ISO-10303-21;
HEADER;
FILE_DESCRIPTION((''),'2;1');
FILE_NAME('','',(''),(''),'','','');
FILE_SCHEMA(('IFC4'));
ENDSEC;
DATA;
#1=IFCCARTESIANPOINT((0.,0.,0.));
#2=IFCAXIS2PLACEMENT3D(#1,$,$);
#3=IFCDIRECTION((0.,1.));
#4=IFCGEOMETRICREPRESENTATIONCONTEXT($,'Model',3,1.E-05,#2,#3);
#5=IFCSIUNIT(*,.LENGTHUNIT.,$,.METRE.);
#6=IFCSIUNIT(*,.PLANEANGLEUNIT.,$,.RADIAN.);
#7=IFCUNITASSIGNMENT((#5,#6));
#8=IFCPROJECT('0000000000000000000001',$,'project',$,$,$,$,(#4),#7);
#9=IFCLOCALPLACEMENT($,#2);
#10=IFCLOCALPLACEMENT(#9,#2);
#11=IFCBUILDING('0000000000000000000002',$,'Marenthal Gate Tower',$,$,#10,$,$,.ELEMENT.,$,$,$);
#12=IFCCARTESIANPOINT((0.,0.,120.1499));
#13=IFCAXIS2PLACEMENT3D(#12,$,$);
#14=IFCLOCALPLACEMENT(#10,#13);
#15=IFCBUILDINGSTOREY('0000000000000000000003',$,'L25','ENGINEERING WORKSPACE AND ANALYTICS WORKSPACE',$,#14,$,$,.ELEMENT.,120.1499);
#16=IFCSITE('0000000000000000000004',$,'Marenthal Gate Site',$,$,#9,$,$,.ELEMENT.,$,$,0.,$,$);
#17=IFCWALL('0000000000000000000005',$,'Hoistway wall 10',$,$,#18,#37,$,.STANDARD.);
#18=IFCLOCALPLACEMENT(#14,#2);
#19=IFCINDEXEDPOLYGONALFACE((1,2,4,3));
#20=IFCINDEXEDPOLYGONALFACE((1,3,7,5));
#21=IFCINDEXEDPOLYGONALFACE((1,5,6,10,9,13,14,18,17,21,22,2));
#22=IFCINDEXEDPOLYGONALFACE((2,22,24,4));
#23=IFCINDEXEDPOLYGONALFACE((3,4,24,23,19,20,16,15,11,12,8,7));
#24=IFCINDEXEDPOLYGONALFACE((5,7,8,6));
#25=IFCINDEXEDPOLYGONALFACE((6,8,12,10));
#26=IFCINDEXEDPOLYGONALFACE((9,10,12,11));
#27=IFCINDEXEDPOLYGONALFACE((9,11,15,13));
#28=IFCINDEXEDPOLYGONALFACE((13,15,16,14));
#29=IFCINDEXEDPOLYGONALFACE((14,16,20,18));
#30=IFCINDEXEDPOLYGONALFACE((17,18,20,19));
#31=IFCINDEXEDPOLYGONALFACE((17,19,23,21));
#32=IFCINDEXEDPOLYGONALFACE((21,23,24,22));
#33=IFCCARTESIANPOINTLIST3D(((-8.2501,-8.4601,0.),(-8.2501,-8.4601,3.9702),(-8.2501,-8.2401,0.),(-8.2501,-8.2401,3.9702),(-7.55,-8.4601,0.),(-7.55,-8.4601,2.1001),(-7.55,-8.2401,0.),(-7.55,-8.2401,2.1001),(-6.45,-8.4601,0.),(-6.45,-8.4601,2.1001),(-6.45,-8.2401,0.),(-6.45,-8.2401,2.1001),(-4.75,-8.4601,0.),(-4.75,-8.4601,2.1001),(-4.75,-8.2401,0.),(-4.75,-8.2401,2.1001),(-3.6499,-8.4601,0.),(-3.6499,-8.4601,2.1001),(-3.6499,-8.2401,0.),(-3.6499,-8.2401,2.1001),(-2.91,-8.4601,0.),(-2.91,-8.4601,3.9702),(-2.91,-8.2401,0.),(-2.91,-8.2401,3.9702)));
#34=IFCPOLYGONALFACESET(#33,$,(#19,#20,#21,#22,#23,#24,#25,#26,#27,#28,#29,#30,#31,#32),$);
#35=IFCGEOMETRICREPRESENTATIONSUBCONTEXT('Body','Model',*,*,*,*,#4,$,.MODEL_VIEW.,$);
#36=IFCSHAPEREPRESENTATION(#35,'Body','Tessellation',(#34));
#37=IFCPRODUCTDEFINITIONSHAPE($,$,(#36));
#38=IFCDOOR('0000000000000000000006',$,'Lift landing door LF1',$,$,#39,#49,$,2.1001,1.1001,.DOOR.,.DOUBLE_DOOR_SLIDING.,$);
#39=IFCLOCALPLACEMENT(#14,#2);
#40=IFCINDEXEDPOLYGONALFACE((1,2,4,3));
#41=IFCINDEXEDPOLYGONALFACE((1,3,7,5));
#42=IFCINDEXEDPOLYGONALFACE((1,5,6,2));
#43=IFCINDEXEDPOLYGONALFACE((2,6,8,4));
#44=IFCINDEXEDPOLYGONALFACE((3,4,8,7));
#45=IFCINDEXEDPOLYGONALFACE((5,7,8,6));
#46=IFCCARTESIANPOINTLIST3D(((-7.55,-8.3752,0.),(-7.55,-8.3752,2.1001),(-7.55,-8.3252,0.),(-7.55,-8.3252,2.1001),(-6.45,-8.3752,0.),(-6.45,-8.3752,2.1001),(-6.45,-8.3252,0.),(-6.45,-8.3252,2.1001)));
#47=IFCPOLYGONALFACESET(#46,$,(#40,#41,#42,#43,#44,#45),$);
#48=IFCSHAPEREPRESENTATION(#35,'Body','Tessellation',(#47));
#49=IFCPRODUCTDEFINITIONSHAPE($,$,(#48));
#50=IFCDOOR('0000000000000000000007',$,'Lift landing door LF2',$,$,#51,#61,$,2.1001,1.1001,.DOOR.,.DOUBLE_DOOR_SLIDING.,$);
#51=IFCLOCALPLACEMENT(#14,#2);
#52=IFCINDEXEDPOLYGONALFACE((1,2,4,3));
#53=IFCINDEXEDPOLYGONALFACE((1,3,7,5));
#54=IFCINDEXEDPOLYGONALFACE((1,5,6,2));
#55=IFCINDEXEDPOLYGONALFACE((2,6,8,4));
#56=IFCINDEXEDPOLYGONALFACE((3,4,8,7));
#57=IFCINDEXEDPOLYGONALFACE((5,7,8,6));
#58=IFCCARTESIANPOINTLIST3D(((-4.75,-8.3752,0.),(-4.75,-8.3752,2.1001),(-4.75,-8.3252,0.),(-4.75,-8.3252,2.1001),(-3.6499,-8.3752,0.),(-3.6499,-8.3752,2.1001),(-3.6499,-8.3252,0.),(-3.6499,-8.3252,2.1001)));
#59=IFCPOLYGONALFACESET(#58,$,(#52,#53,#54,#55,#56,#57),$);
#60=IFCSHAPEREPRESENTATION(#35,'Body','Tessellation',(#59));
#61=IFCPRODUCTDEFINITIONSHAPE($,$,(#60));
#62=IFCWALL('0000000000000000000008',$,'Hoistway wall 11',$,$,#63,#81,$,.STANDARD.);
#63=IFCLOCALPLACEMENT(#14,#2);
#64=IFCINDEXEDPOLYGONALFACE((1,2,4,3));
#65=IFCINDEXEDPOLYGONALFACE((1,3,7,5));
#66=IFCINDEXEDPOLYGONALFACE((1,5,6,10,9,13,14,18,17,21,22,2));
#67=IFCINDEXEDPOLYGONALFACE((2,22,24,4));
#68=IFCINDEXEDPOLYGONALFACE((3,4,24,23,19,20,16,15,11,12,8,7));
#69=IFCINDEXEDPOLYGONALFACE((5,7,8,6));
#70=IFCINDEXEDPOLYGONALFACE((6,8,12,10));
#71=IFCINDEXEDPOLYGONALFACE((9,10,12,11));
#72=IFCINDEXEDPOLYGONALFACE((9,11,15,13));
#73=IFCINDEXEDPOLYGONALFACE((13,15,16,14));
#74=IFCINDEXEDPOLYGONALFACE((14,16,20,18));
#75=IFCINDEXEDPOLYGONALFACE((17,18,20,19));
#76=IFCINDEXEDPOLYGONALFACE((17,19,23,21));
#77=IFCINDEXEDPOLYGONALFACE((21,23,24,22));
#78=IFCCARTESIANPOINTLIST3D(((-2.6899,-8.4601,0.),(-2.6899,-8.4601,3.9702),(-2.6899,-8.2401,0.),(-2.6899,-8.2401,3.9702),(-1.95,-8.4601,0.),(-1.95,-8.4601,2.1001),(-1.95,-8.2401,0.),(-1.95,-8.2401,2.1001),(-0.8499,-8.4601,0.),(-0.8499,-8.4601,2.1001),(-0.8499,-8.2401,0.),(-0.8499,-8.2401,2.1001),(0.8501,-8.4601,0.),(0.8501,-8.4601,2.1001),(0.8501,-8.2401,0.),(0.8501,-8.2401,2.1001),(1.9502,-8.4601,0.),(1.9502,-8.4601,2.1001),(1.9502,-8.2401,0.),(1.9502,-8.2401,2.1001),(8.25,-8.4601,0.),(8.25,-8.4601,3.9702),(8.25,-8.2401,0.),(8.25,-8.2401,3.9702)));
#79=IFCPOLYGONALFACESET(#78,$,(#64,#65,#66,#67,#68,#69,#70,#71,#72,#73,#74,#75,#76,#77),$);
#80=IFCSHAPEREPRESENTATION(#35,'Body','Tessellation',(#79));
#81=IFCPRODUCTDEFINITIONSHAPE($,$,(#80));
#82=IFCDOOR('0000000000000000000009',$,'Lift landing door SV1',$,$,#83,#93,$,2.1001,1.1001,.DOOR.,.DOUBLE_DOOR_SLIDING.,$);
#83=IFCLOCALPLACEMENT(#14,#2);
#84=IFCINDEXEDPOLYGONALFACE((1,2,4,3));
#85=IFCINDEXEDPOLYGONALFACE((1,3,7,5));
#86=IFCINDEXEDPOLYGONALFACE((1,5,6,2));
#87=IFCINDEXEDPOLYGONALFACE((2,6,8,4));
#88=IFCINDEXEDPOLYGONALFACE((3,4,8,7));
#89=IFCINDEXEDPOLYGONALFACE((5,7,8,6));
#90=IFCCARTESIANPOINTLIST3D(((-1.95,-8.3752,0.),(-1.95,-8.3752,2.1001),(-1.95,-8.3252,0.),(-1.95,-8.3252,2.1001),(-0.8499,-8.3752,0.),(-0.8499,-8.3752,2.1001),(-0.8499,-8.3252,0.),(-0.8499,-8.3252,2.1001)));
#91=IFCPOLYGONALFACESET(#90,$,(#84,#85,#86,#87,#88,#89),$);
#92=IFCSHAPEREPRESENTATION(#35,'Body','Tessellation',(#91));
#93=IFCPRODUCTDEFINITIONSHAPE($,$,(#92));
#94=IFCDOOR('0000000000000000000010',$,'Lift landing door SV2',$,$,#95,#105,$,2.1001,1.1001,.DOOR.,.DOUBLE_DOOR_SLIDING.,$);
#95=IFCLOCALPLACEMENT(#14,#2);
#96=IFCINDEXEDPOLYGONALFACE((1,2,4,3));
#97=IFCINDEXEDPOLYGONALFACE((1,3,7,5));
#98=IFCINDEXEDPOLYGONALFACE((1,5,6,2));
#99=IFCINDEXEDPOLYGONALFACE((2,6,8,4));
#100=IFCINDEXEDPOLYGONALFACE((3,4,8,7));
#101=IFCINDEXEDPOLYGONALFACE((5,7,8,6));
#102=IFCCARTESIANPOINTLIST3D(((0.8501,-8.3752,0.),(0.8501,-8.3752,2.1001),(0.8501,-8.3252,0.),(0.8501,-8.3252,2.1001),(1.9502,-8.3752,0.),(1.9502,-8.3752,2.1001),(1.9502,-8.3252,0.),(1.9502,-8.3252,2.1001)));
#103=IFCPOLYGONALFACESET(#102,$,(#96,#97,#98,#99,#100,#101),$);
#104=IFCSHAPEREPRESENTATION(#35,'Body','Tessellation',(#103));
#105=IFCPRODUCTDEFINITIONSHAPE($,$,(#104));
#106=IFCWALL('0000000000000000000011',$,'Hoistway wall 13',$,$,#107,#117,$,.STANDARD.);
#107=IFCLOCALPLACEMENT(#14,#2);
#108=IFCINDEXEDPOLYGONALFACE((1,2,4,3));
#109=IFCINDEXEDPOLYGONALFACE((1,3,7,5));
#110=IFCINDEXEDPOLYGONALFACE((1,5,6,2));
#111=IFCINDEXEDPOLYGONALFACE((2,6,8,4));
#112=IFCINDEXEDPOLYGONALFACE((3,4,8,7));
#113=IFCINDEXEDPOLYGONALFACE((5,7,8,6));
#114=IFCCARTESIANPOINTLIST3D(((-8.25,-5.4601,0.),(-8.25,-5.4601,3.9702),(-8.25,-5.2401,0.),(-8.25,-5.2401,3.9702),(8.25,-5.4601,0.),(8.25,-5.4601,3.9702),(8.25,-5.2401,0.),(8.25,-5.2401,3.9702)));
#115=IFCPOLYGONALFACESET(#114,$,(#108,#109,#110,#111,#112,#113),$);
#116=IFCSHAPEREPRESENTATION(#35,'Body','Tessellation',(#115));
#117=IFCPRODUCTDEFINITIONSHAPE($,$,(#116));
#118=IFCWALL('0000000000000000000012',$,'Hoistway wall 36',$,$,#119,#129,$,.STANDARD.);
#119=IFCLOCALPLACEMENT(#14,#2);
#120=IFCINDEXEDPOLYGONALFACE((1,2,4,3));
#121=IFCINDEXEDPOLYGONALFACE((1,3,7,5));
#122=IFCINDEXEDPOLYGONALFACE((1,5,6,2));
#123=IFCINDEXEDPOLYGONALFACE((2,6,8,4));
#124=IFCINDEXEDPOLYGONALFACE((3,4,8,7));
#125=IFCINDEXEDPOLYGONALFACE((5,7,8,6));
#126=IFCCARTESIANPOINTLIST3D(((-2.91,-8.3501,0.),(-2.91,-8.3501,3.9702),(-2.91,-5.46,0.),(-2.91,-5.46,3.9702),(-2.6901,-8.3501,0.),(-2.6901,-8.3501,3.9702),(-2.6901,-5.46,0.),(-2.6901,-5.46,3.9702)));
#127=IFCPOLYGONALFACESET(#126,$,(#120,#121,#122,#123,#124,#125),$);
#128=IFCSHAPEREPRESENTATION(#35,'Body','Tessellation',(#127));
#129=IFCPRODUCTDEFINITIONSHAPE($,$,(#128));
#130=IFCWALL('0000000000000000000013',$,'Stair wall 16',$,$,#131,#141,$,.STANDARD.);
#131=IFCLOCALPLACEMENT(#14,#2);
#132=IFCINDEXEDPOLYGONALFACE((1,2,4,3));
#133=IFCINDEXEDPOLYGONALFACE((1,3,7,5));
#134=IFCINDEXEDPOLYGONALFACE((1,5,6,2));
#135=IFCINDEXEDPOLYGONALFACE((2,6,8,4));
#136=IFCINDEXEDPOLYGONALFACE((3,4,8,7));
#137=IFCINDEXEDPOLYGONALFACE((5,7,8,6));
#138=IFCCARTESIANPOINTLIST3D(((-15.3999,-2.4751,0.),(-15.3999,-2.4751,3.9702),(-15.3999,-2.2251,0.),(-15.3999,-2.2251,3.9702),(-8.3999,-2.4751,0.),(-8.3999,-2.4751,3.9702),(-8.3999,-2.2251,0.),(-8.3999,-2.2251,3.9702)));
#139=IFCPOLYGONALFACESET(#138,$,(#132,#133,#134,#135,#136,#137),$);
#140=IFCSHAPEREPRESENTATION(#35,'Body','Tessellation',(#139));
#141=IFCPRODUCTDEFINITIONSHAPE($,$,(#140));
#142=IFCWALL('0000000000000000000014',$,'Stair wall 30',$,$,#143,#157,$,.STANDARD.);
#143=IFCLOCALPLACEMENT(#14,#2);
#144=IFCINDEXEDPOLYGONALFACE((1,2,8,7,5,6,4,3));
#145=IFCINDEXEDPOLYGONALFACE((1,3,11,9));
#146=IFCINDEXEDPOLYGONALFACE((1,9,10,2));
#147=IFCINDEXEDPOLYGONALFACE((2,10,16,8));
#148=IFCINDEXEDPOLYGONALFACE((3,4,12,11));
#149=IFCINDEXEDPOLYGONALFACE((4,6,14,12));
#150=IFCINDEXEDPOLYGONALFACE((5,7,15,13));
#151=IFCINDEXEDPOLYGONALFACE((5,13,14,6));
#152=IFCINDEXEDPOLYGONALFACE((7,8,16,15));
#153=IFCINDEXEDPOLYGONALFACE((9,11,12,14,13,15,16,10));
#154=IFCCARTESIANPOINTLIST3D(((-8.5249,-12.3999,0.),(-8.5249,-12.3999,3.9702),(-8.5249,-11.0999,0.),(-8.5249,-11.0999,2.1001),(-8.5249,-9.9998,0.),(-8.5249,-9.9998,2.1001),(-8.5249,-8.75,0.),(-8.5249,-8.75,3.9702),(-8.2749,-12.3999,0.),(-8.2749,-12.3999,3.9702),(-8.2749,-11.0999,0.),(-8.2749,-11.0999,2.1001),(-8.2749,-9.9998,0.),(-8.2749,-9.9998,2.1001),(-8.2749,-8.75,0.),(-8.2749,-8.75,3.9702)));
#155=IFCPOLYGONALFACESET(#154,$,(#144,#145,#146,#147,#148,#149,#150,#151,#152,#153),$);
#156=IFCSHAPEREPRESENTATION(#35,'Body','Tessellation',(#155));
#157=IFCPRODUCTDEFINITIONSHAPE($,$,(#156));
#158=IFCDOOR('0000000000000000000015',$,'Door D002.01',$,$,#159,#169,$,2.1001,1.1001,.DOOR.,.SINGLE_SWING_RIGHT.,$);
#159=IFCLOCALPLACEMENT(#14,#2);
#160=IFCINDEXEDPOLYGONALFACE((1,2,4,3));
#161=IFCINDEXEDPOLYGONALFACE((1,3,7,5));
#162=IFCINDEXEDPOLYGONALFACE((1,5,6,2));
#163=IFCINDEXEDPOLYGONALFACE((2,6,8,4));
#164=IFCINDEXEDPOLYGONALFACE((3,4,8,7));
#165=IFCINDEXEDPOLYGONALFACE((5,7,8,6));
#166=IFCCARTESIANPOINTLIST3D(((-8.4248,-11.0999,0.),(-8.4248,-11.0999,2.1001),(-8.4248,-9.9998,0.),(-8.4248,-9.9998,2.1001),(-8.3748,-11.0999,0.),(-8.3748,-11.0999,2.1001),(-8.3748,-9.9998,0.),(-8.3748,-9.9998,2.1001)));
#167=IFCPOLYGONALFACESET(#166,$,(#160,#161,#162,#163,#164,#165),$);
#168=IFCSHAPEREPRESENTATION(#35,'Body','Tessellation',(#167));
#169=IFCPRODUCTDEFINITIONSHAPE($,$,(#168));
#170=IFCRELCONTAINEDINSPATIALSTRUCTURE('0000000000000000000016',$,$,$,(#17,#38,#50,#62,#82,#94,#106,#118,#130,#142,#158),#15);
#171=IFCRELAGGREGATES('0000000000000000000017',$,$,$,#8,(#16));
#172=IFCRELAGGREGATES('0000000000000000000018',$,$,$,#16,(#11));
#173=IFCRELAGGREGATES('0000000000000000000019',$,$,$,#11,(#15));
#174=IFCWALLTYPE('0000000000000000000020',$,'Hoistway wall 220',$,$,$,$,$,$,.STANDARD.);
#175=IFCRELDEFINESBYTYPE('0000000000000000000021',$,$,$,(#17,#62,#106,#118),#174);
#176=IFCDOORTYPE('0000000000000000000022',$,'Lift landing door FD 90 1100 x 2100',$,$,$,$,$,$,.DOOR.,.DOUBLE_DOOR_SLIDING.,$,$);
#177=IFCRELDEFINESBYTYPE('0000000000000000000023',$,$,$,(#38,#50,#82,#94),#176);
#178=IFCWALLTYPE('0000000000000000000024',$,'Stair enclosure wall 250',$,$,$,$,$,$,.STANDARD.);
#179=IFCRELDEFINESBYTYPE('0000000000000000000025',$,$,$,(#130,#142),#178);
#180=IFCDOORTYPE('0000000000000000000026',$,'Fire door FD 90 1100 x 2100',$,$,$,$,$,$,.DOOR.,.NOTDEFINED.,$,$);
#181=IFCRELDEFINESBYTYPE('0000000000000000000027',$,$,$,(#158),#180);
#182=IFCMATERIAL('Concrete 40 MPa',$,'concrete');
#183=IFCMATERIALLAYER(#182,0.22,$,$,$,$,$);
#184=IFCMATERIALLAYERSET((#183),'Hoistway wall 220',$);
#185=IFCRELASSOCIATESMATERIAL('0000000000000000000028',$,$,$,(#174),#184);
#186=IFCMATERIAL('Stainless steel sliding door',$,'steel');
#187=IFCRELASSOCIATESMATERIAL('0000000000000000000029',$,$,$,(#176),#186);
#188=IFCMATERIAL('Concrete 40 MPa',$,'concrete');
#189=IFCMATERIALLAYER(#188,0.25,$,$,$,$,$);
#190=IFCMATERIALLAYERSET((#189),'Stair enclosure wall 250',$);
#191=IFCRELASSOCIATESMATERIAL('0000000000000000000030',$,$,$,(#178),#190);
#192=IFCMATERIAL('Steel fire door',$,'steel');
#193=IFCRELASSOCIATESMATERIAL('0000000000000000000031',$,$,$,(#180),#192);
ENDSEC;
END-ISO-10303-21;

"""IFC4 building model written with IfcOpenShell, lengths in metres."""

from ifc_helpers import new_model, si_unit, direction, frame, frame_2d, origin, place, context, subcontext, project, spatial, rectangle, extrude, material, layer, layer_set, type_object, element, fill, save


model = new_model("IFC4")

# Units and contexts
model_context = context("Model", 3, precision=1e-05, world=origin(), true_north=direction((0.0, 1.0)))
body_context = subcontext(model_context, "Body", "Model", "MODEL_VIEW")
ifc_project = project(units=[si_unit("LENGTHUNIT", "METRE"), si_unit("PLANEANGLEUNIT", "RADIAN")], contexts=[model_context])

# Site, building, storey
site_placement = place(None, origin())
site = spatial("IfcSite", under=ifc_project, at=site_placement, Name="Marenthal Gate Site", CompositionType="ELEMENT", RefElevation=0.0)
building_placement = place(site_placement, origin())
building = spatial("IfcBuilding", under=site, at=building_placement, Name="Marenthal Gate Tower", CompositionType="ELEMENT")
storey_placement = place(building_placement, frame((0.0, 0.0, 120.1499)))
storey = spatial("IfcBuildingStorey", under=building, at=storey_placement, Name="L25", Description="ENGINEERING WORKSPACE AND ANALYTICS WORKSPACE", CompositionType="ELEMENT", Elevation=120.1499)

# Walls, openings, doors
ifc_material_1 = material(Name="Concrete 40 MPa", Category="concrete")
ifc_layer_1 = layer(ifc_material_1, 0.22)
ifc_layer_set_1 = layer_set([ifc_layer_1], Name="Hoistway wall 220")
wall_type_1 = type_object("IfcWallType", Name="Hoistway wall 220", PredefinedType="STANDARD", material=ifc_layer_set_1)
wall_1_placement = place(storey_placement, frame((-8.25, -8.3501, 0.0), z_axis=(0.0, 0.0, 1.0), x_axis=(1.0, 0.0, 0.0)))
wall_1 = element("IfcWall", 1, at=wall_1_placement, inside=storey, type_object=wall_type_1, Name="Hoistway wall 10", PredefinedType="STANDARD", context=body_context, shape_type="SweptSolid", body=[
    extrude(rectangle(XDim=5.3401, YDim=0.22, at=frame_2d((2.6699, 0.0))), origin(), (0.0, 0.0, 1.0), 3.9702),
])
opening_1_placement = place(wall_1_placement, frame((0.7, 0.0, 0.0)))
opening_1 = element("IfcOpeningElement", 2, at=opening_1_placement, cuts=wall_1, PredefinedType="OPENING", context=body_context, shape_type="SweptSolid", body=[
    extrude(rectangle(XDim=1.1001, YDim=2.1001, at=frame_2d((0.55, 1.05))), frame((0.0, 0.1201, 0.0), z_axis=(0.0, -1.0, 0.0), x_axis=(1.0, 0.0, 0.0)), (0.0, 0.0, 1.0), 0.24),
])
opening_2_placement = place(wall_1_placement, frame((3.5, 0.0, 0.0)))
opening_2 = element("IfcOpeningElement", 3, at=opening_2_placement, cuts=wall_1, PredefinedType="OPENING", context=body_context, shape_type="SweptSolid", body=[
    extrude(rectangle(XDim=1.1001, YDim=2.1001, at=frame_2d((0.55, 1.05))), frame((0.0, 0.1201, 0.0), z_axis=(0.0, -1.0, 0.0), x_axis=(1.0, 0.0, 0.0)), (0.0, 0.0, 1.0), 0.24),
])
ifc_material_2 = material(Name="Stainless steel sliding door", Category="steel")
door_type_1 = type_object("IfcDoorType", Name="Lift landing door FD 90 1100 x 2100", OperationType="DOUBLE_DOOR_SLIDING", PredefinedType="DOOR", material=ifc_material_2)
door_1_placement = place(opening_1_placement, origin())
door_1 = element("IfcDoor", 4, at=door_1_placement, inside=storey, type_object=door_type_1, Name="Lift landing door LF1", OperationType="DOUBLE_DOOR_SLIDING", OverallHeight=2.1001, OverallWidth=1.1001, PredefinedType="DOOR", context=body_context, shape_type="SweptSolid", body=[
    extrude(rectangle(XDim=1.1001, YDim=2.1001, at=frame_2d((0.55, 1.05))), frame((0.0, 0.0249, 0.0), z_axis=(0.0, -1.0, 0.0), x_axis=(1.0, 0.0, 0.0)), (0.0, 0.0, 1.0), 0.05),
])
fill(opening_1, door_1)
door_2_placement = place(opening_2_placement, origin())
door_2 = element("IfcDoor", 5, at=door_2_placement, inside=storey, type_object=door_type_1, Name="Lift landing door LF2", OperationType="DOUBLE_DOOR_SLIDING", OverallHeight=2.1001, OverallWidth=1.1001, PredefinedType="DOOR", context=body_context, shape_type="SweptSolid", body=[
    extrude(rectangle(XDim=1.1001, YDim=2.1001, at=frame_2d((0.55, 1.05))), frame((0.0, 0.0249, 0.0), z_axis=(0.0, -1.0, 0.0), x_axis=(1.0, 0.0, 0.0)), (0.0, 0.0, 1.0), 0.05),
])
fill(opening_2, door_2)
wall_2_placement = place(storey_placement, frame((-2.6899, -8.3501, 0.0), z_axis=(0.0, 0.0, 1.0), x_axis=(1.0, 0.0, 0.0)))
wall_2 = element("IfcWall", 6, at=wall_2_placement, inside=storey, type_object=wall_type_1, Name="Hoistway wall 11", PredefinedType="STANDARD", context=body_context, shape_type="SweptSolid", body=[
    extrude(rectangle(XDim=10.9399, YDim=0.22, at=frame_2d((5.47, 0.0))), origin(), (0.0, 0.0, 1.0), 3.9702),
])
opening_3_placement = place(wall_2_placement, frame((0.74, 0.0, 0.0)))
opening_3 = element("IfcOpeningElement", 7, at=opening_3_placement, cuts=wall_2, PredefinedType="OPENING", context=body_context, shape_type="SweptSolid", body=[
    extrude(rectangle(XDim=1.1001, YDim=2.1001, at=frame_2d((0.55, 1.05))), frame((0.0, 0.1201, 0.0), z_axis=(0.0, -1.0, 0.0), x_axis=(1.0, 0.0, 0.0)), (0.0, 0.0, 1.0), 0.24),
])
opening_4_placement = place(wall_2_placement, frame((3.54, 0.0, 0.0)))
opening_4 = element("IfcOpeningElement", 8, at=opening_4_placement, cuts=wall_2, PredefinedType="OPENING", context=body_context, shape_type="SweptSolid", body=[
    extrude(rectangle(XDim=1.1001, YDim=2.1001, at=frame_2d((0.55, 1.05))), frame((0.0, 0.1201, 0.0), z_axis=(0.0, -1.0, 0.0), x_axis=(1.0, 0.0, 0.0)), (0.0, 0.0, 1.0), 0.24),
])
door_3_placement = place(opening_3_placement, origin())
door_3 = element("IfcDoor", 9, at=door_3_placement, inside=storey, type_object=door_type_1, Name="Lift landing door SV1", OperationType="DOUBLE_DOOR_SLIDING", OverallHeight=2.1001, OverallWidth=1.1001, PredefinedType="DOOR", context=body_context, shape_type="SweptSolid", body=[
    extrude(rectangle(XDim=1.1001, YDim=2.1001, at=frame_2d((0.55, 1.05))), frame((0.0, 0.0249, 0.0), z_axis=(0.0, -1.0, 0.0), x_axis=(1.0, 0.0, 0.0)), (0.0, 0.0, 1.0), 0.05),
])
fill(opening_3, door_3)
door_4_placement = place(opening_4_placement, origin())
door_4 = element("IfcDoor", 10, at=door_4_placement, inside=storey, type_object=door_type_1, Name="Lift landing door SV2", OperationType="DOUBLE_DOOR_SLIDING", OverallHeight=2.1001, OverallWidth=1.1001, PredefinedType="DOOR", context=body_context, shape_type="SweptSolid", body=[
    extrude(rectangle(XDim=1.1001, YDim=2.1001, at=frame_2d((0.55, 1.05))), frame((0.0, 0.0249, 0.0), z_axis=(0.0, -1.0, 0.0), x_axis=(1.0, 0.0, 0.0)), (0.0, 0.0, 1.0), 0.05),
])
fill(opening_4, door_4)

# Walls
wall_3_placement = place(storey_placement, frame((-8.25, -5.3501, 0.0), z_axis=(0.0, 0.0, 1.0), x_axis=(1.0, 0.0, 0.0)))
element("IfcWall", 11, at=wall_3_placement, inside=storey, type_object=wall_type_1, Name="Hoistway wall 13", PredefinedType="STANDARD", context=body_context, shape_type="SweptSolid", body=[
    extrude(rectangle(XDim=16.5, YDim=0.22, at=frame_2d((8.25, 0.0))), origin(), (0.0, 0.0, 1.0), 3.9702),
])
wall_4_placement = place(storey_placement, frame((-2.8, -8.3501, 0.0), z_axis=(0.0, 0.0, 1.0), x_axis=(0.0, 1.0, 0.0)))
element("IfcWall", 12, at=wall_4_placement, inside=storey, type_object=wall_type_1, Name="Hoistway wall 36", PredefinedType="STANDARD", context=body_context, shape_type="SweptSolid", body=[
    extrude(rectangle(XDim=2.8901, YDim=0.22, at=frame_2d((1.4451, 0.0))), origin(), (0.0, 0.0, 1.0), 3.9702),
])
ifc_material_3 = material(Name="Concrete 40 MPa", Category="concrete")
ifc_layer_2 = layer(ifc_material_3, 0.25)
ifc_layer_set_2 = layer_set([ifc_layer_2], Name="Stair enclosure wall 250")
wall_type_2 = type_object("IfcWallType", Name="Stair enclosure wall 250", PredefinedType="STANDARD", material=ifc_layer_set_2)
wall_5_placement = place(storey_placement, frame((-15.3999, -2.3501, 0.0), z_axis=(0.0, 0.0, 1.0), x_axis=(1.0, 0.0, 0.0)))
element("IfcWall", 13, at=wall_5_placement, inside=storey, type_object=wall_type_2, Name="Stair wall 16", PredefinedType="STANDARD", context=body_context, shape_type="SweptSolid", body=[
    extrude(rectangle(XDim=7.0, YDim=0.25, at=frame_2d((3.5, 0.0))), origin(), (0.0, 0.0, 1.0), 3.9702),
])

# Wall, opening, door
wall_6_placement = place(storey_placement, frame((-8.3999, -12.3999, 0.0), z_axis=(0.0, 0.0, 1.0), x_axis=(0.0, 1.0, 0.0)))
wall_6 = element("IfcWall", 14, at=wall_6_placement, inside=storey, type_object=wall_type_2, Name="Stair wall 30", PredefinedType="STANDARD", context=body_context, shape_type="SweptSolid", body=[
    extrude(rectangle(XDim=3.6499, YDim=0.25, at=frame_2d((1.825, 0.0))), origin(), (0.0, 0.0, 1.0), 3.9702),
])
opening_5_placement = place(wall_6_placement, frame((1.3, 0.0, 0.0)))
opening_5 = element("IfcOpeningElement", 15, at=opening_5_placement, cuts=wall_6, PredefinedType="OPENING", context=body_context, shape_type="SweptSolid", body=[
    extrude(rectangle(XDim=1.1001, YDim=2.1001, at=frame_2d((0.55, 1.05))), frame((0.0, 0.135, 0.0), z_axis=(0.0, -1.0, 0.0), x_axis=(1.0, 0.0, 0.0)), (0.0, 0.0, 1.0), 0.27),
])
ifc_material_4 = material(Name="Steel fire door", Category="steel")
door_type_2 = type_object("IfcDoorType", Name="Fire door FD 90 1100 x 2100", OperationType="NOTDEFINED", PredefinedType="DOOR", material=ifc_material_4)
door_5_placement = place(opening_5_placement, origin())
door_5 = element("IfcDoor", 16, at=door_5_placement, inside=storey, type_object=door_type_2, Name="Door D002.01", OperationType="SINGLE_SWING_RIGHT", OverallHeight=2.1001, OverallWidth=1.1001, PredefinedType="DOOR", context=body_context, shape_type="SweptSolid", body=[
    extrude(rectangle(XDim=1.1001, YDim=2.1001, at=frame_2d((0.55, 1.05))), frame((0.0, 0.0249, 0.0), z_axis=(0.0, -1.0, 0.0), x_axis=(1.0, 0.0, 0.0)), (0.0, 0.0, 1.0), 0.05),
])
fill(opening_5, door_5)

save(model, "model.ifc")
